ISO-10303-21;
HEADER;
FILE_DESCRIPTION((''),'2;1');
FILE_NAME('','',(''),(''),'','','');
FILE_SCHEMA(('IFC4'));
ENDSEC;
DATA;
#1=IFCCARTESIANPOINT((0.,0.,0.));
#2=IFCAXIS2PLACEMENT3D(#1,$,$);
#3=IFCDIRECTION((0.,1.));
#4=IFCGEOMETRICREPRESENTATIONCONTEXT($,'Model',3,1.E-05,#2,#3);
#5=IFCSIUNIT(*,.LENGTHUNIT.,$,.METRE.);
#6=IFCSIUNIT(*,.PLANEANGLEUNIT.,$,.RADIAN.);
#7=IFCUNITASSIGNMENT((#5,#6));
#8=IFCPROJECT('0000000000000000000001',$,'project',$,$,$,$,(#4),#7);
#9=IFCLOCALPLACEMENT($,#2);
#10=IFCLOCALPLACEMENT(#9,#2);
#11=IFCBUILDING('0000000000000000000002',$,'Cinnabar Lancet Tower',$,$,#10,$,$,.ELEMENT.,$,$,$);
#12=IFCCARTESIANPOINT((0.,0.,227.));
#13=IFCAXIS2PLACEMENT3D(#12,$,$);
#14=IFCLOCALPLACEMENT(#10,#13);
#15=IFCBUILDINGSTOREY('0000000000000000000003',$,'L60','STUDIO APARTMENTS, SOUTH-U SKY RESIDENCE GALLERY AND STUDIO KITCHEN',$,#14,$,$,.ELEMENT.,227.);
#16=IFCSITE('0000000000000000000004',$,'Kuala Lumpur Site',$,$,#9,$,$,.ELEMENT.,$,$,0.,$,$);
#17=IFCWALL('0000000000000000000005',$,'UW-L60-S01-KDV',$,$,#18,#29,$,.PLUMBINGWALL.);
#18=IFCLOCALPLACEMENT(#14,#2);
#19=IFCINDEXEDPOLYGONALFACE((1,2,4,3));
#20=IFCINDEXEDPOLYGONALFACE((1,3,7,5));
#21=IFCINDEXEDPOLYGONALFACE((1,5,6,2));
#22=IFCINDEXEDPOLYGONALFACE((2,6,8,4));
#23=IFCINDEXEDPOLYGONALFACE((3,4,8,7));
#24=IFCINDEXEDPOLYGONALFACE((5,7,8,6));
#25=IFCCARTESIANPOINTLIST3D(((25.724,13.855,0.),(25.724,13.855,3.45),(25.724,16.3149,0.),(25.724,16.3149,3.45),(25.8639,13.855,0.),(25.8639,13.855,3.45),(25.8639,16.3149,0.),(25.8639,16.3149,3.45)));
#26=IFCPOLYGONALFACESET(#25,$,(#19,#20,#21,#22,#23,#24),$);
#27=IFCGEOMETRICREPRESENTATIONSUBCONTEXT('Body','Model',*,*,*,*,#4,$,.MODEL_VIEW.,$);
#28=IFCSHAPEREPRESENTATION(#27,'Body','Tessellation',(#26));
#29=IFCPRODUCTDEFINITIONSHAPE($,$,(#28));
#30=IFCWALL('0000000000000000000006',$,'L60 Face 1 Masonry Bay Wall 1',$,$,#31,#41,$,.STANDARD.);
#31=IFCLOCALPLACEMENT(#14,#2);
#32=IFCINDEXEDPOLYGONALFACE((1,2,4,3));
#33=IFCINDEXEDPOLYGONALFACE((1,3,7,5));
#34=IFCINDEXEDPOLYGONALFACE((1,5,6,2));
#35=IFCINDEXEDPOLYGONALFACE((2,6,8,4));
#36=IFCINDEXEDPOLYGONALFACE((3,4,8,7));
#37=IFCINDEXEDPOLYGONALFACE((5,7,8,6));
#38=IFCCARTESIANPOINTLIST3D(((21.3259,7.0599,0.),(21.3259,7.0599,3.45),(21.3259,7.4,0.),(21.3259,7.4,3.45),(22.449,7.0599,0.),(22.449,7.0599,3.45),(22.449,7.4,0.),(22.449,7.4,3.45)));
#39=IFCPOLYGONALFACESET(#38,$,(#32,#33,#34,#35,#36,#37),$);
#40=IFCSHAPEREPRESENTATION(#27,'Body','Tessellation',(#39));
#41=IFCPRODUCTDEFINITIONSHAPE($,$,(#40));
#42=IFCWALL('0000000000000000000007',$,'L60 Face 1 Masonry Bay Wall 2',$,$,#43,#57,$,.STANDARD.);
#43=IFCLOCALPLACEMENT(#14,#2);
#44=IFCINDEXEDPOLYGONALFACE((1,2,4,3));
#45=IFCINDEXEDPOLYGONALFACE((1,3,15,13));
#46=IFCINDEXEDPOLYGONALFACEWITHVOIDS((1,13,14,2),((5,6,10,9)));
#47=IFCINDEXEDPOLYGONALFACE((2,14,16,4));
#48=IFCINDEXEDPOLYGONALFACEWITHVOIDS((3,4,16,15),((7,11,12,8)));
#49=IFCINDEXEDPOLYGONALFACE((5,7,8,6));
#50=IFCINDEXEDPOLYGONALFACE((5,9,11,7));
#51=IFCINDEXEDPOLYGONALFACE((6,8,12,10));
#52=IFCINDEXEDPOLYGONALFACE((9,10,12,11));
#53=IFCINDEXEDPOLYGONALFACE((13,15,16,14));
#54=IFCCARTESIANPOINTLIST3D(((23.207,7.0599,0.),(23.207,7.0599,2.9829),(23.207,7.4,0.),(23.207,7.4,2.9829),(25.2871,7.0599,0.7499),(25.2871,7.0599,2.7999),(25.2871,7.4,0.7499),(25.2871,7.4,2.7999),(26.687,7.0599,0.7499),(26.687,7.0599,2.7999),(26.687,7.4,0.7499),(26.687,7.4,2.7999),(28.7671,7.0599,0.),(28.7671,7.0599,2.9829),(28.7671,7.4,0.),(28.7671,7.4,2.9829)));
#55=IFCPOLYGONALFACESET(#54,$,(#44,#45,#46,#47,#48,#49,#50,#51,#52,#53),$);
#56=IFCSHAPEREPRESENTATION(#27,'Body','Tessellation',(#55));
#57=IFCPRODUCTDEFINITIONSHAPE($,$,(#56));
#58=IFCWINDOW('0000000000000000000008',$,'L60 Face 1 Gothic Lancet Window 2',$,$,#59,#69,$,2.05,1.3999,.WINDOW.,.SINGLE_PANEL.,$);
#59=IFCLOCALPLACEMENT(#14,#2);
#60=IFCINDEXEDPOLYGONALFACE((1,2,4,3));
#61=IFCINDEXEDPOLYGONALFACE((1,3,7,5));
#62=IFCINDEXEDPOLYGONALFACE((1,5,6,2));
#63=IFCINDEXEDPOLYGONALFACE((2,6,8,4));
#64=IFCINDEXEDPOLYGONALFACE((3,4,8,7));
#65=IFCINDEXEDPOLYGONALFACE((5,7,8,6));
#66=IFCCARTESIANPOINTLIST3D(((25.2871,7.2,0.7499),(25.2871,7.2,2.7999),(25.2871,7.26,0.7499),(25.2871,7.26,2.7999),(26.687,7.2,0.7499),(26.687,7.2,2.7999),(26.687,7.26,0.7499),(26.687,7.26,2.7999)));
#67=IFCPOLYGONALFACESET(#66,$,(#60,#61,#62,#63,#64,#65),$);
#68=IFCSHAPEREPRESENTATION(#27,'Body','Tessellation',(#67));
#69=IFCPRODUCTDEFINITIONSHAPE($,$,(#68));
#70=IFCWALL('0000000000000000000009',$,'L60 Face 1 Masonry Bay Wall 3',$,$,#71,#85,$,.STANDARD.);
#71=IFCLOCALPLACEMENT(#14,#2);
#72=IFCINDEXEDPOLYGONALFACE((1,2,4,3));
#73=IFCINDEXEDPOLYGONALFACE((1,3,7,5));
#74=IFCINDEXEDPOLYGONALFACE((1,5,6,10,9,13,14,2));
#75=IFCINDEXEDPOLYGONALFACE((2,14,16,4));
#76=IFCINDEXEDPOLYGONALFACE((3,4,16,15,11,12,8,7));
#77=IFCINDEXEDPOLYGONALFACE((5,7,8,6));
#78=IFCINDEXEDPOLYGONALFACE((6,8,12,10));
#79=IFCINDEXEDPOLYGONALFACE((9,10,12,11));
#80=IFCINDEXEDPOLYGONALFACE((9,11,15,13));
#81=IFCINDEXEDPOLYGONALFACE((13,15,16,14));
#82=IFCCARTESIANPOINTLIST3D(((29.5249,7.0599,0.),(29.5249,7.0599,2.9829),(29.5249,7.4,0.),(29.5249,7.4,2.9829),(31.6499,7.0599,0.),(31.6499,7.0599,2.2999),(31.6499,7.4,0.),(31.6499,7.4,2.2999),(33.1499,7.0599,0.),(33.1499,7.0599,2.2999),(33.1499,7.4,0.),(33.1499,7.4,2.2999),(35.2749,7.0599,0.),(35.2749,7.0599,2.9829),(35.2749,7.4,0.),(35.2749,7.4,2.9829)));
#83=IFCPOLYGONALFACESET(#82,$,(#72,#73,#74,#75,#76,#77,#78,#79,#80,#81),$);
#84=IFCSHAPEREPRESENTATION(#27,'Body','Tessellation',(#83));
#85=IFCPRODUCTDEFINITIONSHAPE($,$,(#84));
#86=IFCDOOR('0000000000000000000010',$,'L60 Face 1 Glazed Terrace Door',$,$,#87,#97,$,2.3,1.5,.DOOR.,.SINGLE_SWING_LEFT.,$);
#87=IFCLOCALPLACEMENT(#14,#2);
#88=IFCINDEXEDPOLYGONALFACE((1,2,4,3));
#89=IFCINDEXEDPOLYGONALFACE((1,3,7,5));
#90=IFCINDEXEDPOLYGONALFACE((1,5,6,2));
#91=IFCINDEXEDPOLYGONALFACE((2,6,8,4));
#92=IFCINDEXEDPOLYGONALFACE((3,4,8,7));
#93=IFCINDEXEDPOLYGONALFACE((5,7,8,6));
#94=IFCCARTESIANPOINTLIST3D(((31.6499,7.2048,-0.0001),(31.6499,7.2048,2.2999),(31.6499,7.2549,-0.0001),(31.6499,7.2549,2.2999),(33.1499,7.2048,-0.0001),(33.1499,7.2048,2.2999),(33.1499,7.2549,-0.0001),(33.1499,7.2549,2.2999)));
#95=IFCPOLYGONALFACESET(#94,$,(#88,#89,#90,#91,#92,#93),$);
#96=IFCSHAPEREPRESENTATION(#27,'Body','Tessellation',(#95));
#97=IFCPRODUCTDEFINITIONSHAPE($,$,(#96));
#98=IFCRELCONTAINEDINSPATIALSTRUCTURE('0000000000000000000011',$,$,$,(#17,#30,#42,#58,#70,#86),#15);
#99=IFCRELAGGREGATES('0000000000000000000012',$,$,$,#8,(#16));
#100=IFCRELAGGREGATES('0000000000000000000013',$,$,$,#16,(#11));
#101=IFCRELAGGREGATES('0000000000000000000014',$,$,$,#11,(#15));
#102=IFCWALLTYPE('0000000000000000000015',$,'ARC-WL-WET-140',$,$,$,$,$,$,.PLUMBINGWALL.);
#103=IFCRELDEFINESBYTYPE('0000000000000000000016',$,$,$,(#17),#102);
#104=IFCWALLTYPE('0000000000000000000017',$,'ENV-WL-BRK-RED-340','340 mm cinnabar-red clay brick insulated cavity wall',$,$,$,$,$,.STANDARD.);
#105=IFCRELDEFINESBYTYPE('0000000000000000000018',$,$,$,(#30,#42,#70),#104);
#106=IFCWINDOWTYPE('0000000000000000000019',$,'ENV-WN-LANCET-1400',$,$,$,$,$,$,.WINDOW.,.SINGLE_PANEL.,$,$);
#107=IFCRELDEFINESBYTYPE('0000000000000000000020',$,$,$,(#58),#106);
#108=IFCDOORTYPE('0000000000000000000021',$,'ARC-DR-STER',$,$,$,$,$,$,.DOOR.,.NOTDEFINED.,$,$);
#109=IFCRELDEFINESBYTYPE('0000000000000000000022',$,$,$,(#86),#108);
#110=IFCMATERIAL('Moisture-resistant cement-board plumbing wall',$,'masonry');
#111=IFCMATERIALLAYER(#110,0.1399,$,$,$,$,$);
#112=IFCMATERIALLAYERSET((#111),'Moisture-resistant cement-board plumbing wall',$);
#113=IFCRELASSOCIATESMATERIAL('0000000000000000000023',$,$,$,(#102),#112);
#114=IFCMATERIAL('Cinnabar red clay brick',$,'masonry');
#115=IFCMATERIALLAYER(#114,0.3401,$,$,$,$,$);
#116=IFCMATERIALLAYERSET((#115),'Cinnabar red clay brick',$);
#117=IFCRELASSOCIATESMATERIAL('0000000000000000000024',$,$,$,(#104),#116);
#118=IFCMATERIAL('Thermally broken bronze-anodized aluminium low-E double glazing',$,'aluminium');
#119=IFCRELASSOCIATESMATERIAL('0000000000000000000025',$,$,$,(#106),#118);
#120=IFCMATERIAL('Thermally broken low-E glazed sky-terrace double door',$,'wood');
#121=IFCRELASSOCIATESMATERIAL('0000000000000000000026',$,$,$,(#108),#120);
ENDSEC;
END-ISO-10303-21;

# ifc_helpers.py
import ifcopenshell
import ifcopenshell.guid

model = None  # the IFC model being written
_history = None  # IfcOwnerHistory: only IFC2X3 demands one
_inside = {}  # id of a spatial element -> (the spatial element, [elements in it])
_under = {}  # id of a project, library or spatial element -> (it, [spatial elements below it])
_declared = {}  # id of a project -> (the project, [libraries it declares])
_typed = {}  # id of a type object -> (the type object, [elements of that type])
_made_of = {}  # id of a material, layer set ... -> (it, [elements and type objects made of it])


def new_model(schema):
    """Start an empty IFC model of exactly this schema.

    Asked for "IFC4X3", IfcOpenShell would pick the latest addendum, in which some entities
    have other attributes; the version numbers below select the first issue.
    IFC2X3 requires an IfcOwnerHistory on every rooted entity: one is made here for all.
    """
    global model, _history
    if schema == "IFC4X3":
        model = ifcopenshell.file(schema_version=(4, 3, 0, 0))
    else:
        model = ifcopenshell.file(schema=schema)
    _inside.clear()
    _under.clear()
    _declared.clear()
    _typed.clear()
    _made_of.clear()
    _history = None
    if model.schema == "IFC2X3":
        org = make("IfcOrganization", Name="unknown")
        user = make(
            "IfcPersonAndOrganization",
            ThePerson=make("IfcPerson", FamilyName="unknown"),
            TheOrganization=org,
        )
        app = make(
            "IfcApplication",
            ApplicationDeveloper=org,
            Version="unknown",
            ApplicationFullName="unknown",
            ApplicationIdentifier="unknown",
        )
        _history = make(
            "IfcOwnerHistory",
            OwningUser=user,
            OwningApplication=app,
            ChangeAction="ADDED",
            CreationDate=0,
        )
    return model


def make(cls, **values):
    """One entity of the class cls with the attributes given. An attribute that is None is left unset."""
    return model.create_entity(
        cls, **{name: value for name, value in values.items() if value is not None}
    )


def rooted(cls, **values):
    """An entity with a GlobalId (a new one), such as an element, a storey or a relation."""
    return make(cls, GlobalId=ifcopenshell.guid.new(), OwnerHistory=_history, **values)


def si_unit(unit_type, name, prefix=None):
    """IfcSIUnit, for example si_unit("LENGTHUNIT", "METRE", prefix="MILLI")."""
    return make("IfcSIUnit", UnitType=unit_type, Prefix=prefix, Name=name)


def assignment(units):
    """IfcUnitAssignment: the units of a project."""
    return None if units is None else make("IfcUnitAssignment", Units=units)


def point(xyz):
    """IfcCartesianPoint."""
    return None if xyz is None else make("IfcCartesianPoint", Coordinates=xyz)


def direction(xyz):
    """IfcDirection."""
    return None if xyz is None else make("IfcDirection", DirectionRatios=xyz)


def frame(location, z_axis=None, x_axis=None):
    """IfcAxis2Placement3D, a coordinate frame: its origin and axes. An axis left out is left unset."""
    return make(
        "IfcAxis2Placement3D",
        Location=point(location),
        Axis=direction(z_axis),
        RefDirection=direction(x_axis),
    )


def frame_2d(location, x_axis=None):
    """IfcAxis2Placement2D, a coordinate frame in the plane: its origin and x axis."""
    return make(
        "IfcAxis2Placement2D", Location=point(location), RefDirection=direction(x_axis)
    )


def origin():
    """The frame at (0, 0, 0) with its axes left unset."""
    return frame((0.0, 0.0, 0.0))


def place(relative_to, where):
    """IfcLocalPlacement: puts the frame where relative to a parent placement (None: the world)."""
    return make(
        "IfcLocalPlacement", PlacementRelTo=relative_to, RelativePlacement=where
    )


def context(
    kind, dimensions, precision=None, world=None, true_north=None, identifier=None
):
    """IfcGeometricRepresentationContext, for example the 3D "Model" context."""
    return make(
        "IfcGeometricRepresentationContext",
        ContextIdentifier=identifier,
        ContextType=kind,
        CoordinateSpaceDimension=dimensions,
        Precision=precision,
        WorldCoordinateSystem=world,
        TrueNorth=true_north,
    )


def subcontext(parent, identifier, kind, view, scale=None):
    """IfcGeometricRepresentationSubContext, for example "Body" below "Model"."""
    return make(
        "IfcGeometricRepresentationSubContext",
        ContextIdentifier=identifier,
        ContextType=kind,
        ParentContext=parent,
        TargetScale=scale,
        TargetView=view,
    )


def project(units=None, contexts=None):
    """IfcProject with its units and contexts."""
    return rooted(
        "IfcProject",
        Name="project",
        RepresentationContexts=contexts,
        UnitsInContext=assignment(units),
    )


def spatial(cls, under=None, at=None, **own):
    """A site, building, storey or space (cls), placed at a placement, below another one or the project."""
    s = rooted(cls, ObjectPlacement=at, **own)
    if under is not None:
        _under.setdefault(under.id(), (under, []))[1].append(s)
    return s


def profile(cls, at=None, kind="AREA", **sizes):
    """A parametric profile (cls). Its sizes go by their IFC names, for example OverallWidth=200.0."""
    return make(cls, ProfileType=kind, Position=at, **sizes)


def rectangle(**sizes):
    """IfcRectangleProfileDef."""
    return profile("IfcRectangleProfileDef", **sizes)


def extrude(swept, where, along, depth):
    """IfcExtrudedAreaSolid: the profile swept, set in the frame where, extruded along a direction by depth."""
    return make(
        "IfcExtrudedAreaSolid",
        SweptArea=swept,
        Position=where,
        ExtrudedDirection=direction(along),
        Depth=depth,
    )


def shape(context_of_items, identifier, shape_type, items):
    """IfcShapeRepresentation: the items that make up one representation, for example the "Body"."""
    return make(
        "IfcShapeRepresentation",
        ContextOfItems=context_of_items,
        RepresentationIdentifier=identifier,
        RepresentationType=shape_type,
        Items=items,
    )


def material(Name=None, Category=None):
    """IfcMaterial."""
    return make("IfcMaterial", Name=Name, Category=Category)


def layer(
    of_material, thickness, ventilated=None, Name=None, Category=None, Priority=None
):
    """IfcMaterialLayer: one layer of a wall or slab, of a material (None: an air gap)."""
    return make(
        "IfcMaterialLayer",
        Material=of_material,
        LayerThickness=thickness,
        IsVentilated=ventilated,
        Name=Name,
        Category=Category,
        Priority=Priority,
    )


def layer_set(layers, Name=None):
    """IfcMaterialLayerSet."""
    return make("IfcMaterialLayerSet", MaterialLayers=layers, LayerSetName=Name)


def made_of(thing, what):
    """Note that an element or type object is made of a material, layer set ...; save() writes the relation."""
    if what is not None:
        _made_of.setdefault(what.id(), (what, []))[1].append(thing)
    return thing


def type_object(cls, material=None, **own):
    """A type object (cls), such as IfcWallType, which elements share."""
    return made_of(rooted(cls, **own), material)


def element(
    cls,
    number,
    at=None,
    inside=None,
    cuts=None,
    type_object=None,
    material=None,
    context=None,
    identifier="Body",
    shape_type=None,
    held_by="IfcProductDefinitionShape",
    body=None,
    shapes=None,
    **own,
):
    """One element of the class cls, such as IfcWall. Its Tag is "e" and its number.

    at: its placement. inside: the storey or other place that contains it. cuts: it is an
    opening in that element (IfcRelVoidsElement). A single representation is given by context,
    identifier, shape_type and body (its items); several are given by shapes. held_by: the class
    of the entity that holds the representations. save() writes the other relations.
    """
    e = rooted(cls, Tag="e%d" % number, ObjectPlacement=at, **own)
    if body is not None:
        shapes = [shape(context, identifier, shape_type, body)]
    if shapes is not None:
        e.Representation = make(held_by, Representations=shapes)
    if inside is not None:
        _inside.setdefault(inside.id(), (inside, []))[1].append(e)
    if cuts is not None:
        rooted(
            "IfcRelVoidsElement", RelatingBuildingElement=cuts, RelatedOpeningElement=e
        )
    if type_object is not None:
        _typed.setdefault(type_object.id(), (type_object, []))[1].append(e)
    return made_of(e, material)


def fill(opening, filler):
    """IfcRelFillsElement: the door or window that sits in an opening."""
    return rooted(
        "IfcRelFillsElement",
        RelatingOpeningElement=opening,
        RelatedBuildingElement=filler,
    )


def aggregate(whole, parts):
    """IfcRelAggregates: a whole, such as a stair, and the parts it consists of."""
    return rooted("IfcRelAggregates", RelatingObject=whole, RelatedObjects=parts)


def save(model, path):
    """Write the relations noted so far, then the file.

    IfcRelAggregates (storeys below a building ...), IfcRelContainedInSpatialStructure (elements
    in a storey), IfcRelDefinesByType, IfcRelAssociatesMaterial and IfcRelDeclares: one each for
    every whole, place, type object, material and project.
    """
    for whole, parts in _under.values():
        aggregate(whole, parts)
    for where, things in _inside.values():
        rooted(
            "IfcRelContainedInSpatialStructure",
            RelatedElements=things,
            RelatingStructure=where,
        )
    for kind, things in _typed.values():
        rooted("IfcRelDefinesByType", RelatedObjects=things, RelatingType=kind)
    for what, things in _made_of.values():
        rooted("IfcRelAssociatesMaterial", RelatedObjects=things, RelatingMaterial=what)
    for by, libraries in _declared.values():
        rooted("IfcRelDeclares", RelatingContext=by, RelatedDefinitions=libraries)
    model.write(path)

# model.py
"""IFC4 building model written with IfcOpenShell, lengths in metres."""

from ifc_helpers import new_model, si_unit, direction, frame, frame_2d, origin, place, context, subcontext, project, spatial, rectangle, extrude, material, layer, layer_set, type_object, element, fill, save


model = new_model("IFC4")

# Units and contexts
model_context = context("Model", 3, precision=1e-05, world=origin(), true_north=direction((0.0, 1.0)))
body_context = subcontext(model_context, "Body", "Model", "MODEL_VIEW")
ifc_project = project(units=[si_unit("LENGTHUNIT", "METRE"), si_unit("PLANEANGLEUNIT", "RADIAN")], contexts=[model_context])

# Site, building, storey
site_placement = place(None, origin())
site = spatial("IfcSite", under=ifc_project, at=site_placement, Name="Kuala Lumpur Site", CompositionType="ELEMENT", RefElevation=0.0)
building_placement = place(site_placement, origin())
building = spatial("IfcBuilding", under=site, at=building_placement, Name="Cinnabar Lancet Tower", CompositionType="ELEMENT")
storey_placement = place(building_placement, frame((0.0, 0.0, 227.0)))
storey = spatial("IfcBuildingStorey", under=building, at=storey_placement, Name="L60", Description="STUDIO APARTMENTS, SOUTH-U SKY RESIDENCE GALLERY AND STUDIO KITCHEN", CompositionType="ELEMENT", Elevation=227.0)

# Shared definitions
ifc_material_1 = material(Name="Moisture-resistant cement-board plumbing wall", Category="masonry")
ifc_layer_1 = layer(ifc_material_1, 0.1399)
ifc_layer_set_1 = layer_set([ifc_layer_1], Name="Moisture-resistant cement-board plumbing wall")
wall_type_1 = type_object("IfcWallType", Name="ARC-WL-WET-140", PredefinedType="PLUMBINGWALL", material=ifc_layer_set_1)

# Walls
wall_1_placement = place(storey_placement, frame((25.7939, 13.855, 0.0), z_axis=(0.0, 0.0, 1.0), x_axis=(0.0, 1.0, 0.0)))
element("IfcWall", 1, at=wall_1_placement, inside=storey, type_object=wall_type_1, Name="UW-L60-S01-KDV", PredefinedType="PLUMBINGWALL", context=body_context, shape_type="SweptSolid", body=[
    extrude(rectangle(XDim=2.46, YDim=0.1399, at=frame_2d((1.23, 0.0))), origin(), (0.0, 0.0, 1.0), 3.45),
])
ifc_material_2 = material(Name="Cinnabar red clay brick", Category="masonry")
ifc_layer_2 = layer(ifc_material_2, 0.3401)
ifc_layer_set_2 = layer_set([ifc_layer_2], Name="Cinnabar red clay brick")
wall_type_2 = type_object("IfcWallType", Name="ENV-WL-BRK-RED-340", Description="340 mm cinnabar-red clay brick insulated cavity wall", PredefinedType="STANDARD", material=ifc_layer_set_2)
wall_2_placement = place(storey_placement, frame((21.3259, 7.23, 0.0), z_axis=(0.0, 0.0, 1.0), x_axis=(1.0, 0.0, 0.0)))
element("IfcWall", 2, at=wall_2_placement, inside=storey, type_object=wall_type_2, Name="L60 Face 1 Masonry Bay Wall 1", PredefinedType="STANDARD", context=body_context, shape_type="SweptSolid", body=[
    extrude(rectangle(XDim=1.123, YDim=0.3401, at=frame_2d((0.5615, 0.0))), origin(), (0.0, 0.0, 1.0), 3.45),
])

# Wall, opening, window
wall_3_placement = place(storey_placement, frame((23.207, 7.23, 0.0), z_axis=(0.0, 0.0, 1.0), x_axis=(1.0, 0.0, 0.0)))
wall_3 = element("IfcWall", 3, at=wall_3_placement, inside=storey, type_object=wall_type_2, Name="L60 Face 1 Masonry Bay Wall 2", PredefinedType="STANDARD", context=body_context, shape_type="SweptSolid", body=[
    extrude(rectangle(XDim=5.5601, YDim=0.3401, at=frame_2d((2.78, 0.0))), origin(), (0.0, 0.0, 1.0), 2.9829),
])
opening_1_placement = place(wall_3_placement, frame((2.0801, 0.0, 0.75)))
opening_1 = element("IfcOpeningElement", 4, at=opening_1_placement, cuts=wall_3, PredefinedType="OPENING", context=body_context, shape_type="SweptSolid", body=[
    extrude(rectangle(XDim=1.3999, YDim=2.05, at=frame_2d((0.7, 1.0249))), frame((0.0, 0.1799, 0.0), z_axis=(0.0, -1.0, 0.0), x_axis=(1.0, 0.0, 0.0)), (0.0, 0.0, 1.0), 0.3601),
])
ifc_material_3 = material(Name="Thermally broken bronze-anodized aluminium low-E double glazing", Category="aluminium")
window_type = type_object("IfcWindowType", Name="ENV-WN-LANCET-1400", PartitioningType="SINGLE_PANEL", PredefinedType="WINDOW", material=ifc_material_3)
window_placement = place(opening_1_placement, origin())
window = element("IfcWindow", 5, at=window_placement, inside=storey, type_object=window_type, Name="L60 Face 1 Gothic Lancet Window 2", OverallHeight=2.05, OverallWidth=1.3999, PartitioningType="SINGLE_PANEL", PredefinedType="WINDOW", context=body_context, shape_type="SweptSolid", body=[
    extrude(rectangle(XDim=1.3999, YDim=2.05, at=frame_2d((0.7, 1.0249))), frame((0.0, 0.03, 0.0), z_axis=(0.0, -1.0, 0.0), x_axis=(1.0, 0.0, 0.0)), (0.0, 0.0, 1.0), 0.0601),
])
fill(opening_1, window)

# Wall, opening, door
wall_4_placement = place(storey_placement, frame((29.5249, 7.23, 0.0), z_axis=(0.0, 0.0, 1.0), x_axis=(1.0, 0.0, 0.0)))
wall_4 = element("IfcWall", 6, at=wall_4_placement, inside=storey, type_object=wall_type_2, Name="L60 Face 1 Masonry Bay Wall 3", PredefinedType="STANDARD", context=body_context, shape_type="SweptSolid", body=[
    extrude(rectangle(XDim=5.75, YDim=0.3401, at=frame_2d((2.875, 0.0))), origin(), (0.0, 0.0, 1.0), 2.9829),
])
opening_2_placement = place(wall_4_placement, frame((2.125, 0.0, 0.0)))
opening_2 = element("IfcOpeningElement", 7, at=opening_2_placement, cuts=wall_4, PredefinedType="OPENING", context=body_context, shape_type="SweptSolid", body=[
    extrude(rectangle(XDim=1.5, YDim=2.3, at=frame_2d((0.75, 1.1499))), frame((0.0, 0.1799, 0.0), z_axis=(0.0, -1.0, 0.0), x_axis=(1.0, 0.0, 0.0)), (0.0, 0.0, 1.0), 0.3601),
])
ifc_material_4 = material(Name="Thermally broken low-E glazed sky-terrace double door", Category="wood")
door_type_1 = type_object("IfcDoorType", Name="ARC-DR-STER", OperationType="NOTDEFINED", PredefinedType="DOOR", material=ifc_material_4)
door_1_placement = place(opening_2_placement, origin())
door_1 = element("IfcDoor", 8, at=door_1_placement, inside=storey, type_object=door_type_1, Name="L60 Face 1 Glazed Terrace Door", OperationType="SINGLE_SWING_LEFT", OverallHeight=2.3, OverallWidth=1.5, PredefinedType="DOOR", context=body_context, shape_type="SweptSolid", body=[
    extrude(rectangle(XDim=1.5, YDim=2.3, at=frame_2d((0.75, 1.1499))), frame((0.0, 0.0249, 0.0), z_axis=(0.0, -1.0, 0.0), x_axis=(1.0, 0.0, 0.0)), (0.0, 0.0, 1.0), 0.05),
])
fill(opening_2, door_1)

save(model, "model.ifc")
